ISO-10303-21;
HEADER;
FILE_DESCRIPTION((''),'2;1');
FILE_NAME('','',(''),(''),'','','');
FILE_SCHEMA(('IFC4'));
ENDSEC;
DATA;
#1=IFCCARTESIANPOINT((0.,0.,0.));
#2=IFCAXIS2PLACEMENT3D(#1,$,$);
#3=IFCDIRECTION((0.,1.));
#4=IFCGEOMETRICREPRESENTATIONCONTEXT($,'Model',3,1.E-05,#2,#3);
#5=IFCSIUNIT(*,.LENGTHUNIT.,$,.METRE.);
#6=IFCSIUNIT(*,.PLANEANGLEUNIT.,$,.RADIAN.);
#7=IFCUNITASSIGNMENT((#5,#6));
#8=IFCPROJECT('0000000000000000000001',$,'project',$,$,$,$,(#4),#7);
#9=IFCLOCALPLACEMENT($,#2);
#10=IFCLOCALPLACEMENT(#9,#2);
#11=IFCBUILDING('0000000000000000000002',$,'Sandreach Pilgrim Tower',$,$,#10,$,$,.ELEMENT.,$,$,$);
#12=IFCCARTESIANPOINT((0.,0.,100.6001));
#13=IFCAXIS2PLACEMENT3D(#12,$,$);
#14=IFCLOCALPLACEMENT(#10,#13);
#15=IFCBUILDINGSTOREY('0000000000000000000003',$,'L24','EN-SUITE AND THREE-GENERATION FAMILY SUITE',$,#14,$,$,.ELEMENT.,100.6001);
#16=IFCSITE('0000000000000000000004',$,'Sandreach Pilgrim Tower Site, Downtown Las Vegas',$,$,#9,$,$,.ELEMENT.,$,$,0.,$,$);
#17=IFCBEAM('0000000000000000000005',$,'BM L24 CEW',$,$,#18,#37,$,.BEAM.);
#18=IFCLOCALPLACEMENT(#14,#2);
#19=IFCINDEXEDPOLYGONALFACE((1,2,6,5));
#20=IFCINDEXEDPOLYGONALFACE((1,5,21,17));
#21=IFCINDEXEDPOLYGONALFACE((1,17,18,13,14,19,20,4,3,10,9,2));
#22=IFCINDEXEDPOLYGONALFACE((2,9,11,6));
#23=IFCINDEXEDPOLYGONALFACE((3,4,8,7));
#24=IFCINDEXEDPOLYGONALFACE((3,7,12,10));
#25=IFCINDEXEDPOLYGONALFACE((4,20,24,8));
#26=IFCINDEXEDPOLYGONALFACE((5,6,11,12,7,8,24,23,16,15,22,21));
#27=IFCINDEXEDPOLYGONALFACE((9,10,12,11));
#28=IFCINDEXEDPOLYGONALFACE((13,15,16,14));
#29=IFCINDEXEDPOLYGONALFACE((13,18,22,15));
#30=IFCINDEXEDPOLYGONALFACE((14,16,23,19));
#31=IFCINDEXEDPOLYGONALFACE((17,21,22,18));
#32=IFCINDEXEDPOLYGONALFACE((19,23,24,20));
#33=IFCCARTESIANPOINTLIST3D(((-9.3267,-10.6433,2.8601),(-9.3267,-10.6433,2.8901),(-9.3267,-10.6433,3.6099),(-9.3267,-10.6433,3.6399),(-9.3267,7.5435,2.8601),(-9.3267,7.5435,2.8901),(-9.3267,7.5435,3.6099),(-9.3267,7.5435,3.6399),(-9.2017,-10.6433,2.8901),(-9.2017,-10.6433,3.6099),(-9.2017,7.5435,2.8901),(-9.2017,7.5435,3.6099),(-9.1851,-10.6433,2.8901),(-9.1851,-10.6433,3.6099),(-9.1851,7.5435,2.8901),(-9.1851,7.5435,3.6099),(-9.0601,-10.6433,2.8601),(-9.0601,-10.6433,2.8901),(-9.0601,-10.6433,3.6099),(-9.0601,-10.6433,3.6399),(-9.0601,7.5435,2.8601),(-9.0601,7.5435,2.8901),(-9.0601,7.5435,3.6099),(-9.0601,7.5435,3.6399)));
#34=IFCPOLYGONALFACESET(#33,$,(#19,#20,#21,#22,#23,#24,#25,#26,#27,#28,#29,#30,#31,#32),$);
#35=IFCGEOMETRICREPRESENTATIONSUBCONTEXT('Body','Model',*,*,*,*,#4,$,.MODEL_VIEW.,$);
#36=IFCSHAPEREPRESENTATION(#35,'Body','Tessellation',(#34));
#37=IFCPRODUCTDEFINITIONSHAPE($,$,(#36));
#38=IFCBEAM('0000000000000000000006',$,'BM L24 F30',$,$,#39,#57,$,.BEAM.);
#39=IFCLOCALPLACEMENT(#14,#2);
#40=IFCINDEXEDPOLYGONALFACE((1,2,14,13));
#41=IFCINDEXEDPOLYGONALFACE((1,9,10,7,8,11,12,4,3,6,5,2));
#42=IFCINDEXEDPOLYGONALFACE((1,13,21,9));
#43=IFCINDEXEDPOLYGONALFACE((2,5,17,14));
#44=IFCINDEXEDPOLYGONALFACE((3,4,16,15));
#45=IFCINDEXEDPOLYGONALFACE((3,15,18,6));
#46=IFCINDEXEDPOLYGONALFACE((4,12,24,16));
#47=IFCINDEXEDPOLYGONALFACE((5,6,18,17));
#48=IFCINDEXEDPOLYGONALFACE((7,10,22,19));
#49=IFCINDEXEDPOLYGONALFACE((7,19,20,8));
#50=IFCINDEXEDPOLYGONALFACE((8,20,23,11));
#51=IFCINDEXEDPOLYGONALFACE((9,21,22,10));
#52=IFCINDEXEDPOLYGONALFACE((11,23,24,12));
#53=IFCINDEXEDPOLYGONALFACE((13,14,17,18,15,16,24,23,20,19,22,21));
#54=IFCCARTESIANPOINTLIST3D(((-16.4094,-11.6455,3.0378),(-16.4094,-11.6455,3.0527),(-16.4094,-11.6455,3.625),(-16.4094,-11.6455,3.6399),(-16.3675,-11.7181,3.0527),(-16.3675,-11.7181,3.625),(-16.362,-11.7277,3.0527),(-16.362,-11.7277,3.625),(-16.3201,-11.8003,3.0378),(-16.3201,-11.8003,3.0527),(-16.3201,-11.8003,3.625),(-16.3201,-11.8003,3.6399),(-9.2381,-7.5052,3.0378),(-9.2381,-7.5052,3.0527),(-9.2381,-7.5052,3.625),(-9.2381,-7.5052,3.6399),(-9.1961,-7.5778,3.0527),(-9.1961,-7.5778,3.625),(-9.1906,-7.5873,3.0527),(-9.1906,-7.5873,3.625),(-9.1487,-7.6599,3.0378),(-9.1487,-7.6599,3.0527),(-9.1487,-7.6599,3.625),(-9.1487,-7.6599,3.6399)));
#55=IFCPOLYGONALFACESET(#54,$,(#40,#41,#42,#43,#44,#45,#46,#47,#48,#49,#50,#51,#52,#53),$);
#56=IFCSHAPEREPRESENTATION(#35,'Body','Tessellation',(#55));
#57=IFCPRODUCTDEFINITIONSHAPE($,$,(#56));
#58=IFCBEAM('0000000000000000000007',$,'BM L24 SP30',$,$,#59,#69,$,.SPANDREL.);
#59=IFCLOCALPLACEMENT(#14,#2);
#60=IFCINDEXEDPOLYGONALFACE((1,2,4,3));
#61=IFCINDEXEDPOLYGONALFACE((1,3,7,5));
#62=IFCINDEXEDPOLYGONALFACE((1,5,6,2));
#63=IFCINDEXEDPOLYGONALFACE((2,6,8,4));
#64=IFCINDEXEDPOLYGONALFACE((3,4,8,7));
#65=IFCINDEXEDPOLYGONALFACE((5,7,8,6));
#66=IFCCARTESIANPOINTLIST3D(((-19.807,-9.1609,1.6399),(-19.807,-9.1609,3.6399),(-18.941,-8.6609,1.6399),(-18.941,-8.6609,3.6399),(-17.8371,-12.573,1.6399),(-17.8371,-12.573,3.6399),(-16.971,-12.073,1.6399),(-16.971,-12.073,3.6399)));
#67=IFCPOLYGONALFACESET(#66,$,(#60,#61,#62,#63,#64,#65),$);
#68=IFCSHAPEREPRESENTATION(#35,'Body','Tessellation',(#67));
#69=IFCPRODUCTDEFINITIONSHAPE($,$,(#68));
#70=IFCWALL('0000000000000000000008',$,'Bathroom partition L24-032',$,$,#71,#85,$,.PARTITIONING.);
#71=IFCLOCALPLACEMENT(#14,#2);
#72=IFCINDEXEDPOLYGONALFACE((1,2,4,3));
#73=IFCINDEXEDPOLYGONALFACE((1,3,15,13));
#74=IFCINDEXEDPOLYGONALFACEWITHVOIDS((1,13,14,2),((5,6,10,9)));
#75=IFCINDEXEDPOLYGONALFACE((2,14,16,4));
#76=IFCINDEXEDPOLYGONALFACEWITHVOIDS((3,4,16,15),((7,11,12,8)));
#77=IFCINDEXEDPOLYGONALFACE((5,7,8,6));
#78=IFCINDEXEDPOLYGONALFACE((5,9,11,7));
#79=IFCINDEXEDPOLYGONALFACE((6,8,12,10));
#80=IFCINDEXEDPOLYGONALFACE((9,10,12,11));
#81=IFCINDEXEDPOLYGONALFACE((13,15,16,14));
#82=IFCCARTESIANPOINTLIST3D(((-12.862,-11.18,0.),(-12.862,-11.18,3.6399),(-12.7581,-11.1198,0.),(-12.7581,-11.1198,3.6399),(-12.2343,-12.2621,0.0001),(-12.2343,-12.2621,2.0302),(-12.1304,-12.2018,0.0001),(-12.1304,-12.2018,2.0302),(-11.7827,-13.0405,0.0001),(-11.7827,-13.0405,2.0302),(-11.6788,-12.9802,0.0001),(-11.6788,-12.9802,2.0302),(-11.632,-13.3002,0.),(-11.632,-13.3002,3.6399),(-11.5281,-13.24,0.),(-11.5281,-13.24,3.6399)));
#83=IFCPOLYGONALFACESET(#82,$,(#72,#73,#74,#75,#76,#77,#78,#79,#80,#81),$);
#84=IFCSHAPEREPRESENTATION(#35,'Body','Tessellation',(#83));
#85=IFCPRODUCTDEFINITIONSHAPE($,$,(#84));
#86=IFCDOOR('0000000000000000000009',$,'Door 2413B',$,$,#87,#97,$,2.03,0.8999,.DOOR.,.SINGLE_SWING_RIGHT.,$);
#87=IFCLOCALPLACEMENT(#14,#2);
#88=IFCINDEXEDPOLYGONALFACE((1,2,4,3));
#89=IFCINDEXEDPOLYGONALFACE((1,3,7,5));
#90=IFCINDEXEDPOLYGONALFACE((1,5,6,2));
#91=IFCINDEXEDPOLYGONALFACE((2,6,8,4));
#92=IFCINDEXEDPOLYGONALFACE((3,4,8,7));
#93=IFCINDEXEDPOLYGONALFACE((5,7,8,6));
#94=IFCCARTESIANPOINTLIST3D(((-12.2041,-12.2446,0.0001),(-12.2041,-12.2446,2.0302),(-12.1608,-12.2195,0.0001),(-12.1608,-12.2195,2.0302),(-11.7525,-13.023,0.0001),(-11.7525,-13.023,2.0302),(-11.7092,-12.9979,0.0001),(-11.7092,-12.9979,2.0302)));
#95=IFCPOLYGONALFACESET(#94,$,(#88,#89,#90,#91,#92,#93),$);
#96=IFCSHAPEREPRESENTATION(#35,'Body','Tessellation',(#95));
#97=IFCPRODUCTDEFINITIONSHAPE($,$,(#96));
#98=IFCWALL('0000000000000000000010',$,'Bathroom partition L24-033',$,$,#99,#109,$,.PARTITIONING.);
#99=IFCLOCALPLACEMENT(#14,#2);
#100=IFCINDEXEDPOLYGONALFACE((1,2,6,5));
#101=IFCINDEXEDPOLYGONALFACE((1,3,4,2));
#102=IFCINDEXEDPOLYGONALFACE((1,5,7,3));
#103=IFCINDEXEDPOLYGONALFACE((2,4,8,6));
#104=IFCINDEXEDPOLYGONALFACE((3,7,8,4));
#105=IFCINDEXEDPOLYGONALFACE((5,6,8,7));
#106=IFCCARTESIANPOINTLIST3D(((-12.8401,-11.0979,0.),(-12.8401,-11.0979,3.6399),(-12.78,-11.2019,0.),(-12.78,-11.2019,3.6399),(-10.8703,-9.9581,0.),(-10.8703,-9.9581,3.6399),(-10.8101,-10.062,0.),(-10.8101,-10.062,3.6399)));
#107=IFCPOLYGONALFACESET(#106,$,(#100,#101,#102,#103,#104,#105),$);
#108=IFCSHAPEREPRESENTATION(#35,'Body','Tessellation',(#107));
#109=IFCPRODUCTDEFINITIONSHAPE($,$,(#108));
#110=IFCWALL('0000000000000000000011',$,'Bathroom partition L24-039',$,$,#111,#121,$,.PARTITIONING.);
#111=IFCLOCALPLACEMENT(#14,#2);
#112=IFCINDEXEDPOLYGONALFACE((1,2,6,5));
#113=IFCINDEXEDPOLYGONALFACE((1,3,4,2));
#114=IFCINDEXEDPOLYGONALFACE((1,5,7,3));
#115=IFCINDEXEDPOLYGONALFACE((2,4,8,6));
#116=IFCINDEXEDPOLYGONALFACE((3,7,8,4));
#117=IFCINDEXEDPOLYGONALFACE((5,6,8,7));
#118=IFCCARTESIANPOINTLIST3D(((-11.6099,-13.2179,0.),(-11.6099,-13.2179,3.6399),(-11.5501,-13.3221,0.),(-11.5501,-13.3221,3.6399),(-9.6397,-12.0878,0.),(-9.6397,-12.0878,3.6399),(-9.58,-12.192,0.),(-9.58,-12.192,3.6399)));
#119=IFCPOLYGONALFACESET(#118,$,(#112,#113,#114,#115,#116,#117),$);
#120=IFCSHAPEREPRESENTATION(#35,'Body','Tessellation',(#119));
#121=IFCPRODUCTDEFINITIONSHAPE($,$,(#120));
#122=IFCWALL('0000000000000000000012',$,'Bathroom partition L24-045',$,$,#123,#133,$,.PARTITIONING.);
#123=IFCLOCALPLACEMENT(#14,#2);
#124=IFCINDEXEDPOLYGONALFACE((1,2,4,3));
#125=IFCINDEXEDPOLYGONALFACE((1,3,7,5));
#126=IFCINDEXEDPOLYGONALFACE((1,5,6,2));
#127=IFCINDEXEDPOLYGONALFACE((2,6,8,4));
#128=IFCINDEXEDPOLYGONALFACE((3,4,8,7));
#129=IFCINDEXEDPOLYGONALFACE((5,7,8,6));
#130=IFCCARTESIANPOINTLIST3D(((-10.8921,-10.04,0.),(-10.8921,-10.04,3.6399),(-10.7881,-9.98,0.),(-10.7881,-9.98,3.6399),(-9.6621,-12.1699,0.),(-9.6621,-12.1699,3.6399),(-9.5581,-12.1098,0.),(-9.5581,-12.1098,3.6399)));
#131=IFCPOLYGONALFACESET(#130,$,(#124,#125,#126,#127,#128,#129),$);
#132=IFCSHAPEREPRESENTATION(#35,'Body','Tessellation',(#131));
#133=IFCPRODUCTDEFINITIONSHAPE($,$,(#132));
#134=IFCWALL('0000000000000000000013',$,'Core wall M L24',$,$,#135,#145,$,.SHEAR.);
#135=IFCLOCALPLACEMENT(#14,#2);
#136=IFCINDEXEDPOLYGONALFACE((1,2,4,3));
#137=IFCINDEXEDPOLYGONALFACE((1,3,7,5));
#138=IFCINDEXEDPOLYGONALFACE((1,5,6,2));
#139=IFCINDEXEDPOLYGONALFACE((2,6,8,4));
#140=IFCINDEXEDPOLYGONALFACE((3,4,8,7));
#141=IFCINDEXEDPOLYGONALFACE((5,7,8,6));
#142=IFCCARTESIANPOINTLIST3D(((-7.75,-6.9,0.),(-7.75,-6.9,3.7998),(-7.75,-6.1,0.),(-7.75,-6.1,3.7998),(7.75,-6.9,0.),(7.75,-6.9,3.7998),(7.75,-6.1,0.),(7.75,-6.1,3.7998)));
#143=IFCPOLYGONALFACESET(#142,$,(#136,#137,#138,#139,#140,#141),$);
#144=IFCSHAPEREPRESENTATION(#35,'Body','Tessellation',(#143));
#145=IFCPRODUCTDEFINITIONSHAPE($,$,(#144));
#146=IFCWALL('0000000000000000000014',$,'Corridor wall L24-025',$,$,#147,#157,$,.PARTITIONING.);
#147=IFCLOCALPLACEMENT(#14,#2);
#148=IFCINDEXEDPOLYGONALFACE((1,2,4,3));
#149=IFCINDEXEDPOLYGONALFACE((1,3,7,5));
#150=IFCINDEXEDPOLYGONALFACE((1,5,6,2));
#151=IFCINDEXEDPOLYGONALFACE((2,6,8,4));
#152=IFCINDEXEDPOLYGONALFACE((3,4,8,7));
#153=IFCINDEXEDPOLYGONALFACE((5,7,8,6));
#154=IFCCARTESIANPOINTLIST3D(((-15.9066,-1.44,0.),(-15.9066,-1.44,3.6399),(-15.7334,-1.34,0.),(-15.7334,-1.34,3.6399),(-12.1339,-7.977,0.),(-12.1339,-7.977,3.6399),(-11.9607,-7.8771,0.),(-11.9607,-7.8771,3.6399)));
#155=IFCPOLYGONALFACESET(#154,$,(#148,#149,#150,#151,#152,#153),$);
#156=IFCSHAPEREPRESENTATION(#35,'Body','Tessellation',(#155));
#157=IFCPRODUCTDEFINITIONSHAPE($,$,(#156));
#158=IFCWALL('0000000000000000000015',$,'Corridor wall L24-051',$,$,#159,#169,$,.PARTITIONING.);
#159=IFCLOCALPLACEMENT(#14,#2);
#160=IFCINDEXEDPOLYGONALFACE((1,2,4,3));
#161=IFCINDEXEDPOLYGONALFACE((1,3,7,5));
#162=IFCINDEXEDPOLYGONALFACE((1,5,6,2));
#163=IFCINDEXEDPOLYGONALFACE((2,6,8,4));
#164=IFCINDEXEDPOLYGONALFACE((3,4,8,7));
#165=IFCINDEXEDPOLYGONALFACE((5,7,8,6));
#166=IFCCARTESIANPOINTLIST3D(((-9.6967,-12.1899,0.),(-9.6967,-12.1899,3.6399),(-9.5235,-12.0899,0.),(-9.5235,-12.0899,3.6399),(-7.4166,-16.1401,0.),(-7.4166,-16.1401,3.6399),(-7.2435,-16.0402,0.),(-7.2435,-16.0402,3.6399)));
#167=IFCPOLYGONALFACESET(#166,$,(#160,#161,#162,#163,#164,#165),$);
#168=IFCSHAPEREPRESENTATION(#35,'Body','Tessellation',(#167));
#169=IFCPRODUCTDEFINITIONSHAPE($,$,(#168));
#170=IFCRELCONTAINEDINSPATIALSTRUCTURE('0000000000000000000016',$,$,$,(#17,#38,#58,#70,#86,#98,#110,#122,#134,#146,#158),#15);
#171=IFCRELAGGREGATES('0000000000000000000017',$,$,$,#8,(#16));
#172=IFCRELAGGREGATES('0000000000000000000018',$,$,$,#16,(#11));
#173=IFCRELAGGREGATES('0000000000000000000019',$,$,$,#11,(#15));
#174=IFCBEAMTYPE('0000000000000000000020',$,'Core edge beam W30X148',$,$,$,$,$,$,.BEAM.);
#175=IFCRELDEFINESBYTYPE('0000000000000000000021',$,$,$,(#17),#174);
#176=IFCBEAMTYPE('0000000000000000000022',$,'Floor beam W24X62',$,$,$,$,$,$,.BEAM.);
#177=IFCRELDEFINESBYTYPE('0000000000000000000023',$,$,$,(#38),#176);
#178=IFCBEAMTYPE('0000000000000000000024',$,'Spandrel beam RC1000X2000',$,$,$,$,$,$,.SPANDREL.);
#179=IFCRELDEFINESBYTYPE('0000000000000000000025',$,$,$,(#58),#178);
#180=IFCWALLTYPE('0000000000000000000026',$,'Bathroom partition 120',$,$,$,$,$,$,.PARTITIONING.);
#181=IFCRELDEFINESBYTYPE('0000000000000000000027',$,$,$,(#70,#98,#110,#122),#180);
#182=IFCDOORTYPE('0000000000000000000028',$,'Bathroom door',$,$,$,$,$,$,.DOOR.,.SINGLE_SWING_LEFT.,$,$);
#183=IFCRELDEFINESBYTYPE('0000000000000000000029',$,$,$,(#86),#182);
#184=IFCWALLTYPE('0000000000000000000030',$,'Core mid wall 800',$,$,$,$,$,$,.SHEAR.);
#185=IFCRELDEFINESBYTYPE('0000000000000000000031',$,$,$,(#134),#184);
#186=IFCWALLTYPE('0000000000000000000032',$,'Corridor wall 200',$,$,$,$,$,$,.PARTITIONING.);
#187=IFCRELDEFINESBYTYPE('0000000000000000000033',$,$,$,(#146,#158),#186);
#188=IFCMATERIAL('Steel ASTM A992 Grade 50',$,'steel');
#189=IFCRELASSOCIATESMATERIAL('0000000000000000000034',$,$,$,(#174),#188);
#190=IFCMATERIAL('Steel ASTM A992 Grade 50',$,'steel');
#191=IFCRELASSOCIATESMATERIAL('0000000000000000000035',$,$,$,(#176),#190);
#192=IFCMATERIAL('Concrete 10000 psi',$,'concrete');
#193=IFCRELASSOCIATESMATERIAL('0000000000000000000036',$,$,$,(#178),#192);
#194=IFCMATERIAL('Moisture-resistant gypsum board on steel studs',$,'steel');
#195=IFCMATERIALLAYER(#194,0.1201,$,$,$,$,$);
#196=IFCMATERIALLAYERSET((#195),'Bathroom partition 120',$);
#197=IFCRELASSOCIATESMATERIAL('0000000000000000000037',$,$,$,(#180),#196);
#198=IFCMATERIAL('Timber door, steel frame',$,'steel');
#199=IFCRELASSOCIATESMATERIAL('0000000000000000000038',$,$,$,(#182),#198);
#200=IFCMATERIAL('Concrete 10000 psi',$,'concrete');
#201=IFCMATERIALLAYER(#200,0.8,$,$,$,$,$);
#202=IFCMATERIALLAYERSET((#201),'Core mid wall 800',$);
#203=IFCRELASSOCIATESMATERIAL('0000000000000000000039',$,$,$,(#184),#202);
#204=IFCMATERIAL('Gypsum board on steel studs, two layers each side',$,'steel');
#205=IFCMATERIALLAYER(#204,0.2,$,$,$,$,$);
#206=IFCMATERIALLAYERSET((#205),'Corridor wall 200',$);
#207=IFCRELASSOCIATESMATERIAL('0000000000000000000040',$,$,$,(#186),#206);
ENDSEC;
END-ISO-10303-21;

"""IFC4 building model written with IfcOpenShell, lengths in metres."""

from ifc_helpers import new_model, si_unit, direction, frame, frame_2d, origin, origin_2d, place, context, subcontext, project, spatial, rectangle, i_section, extrude, material, layer, layer_set, material_profile, profile_set, type_object, element, fill, save


model = new_model("IFC4")

# Units and contexts
model_context = context("Model", 3, precision=1e-05, world=origin(), true_north=direction((0.0, 1.0)))
body_context = subcontext(model_context, "Body", "Model", "MODEL_VIEW")
ifc_project = project(units=[si_unit("LENGTHUNIT", "METRE"), si_unit("PLANEANGLEUNIT", "RADIAN")], contexts=[model_context])

# Site, building, storey
site_placement = place(None, origin())
site = spatial("IfcSite", under=ifc_project, at=site_placement, Name="Sandreach Pilgrim Tower Site, Downtown Las Vegas", CompositionType="ELEMENT", RefElevation=0.0)
building_placement = place(site_placement, origin())
building = spatial("IfcBuilding", under=site, at=building_placement, Name="Sandreach Pilgrim Tower", CompositionType="ELEMENT")
storey_placement = place(building_placement, frame((0.0, 0.0, 100.6001)))
storey = spatial("IfcBuildingStorey", under=building, at=storey_placement, Name="L24", Description="EN-SUITE AND THREE-GENERATION FAMILY SUITE", CompositionType="ELEMENT", Elevation=100.6001)

# Beams
ifc_material_1 = material(Name="Steel ASTM A992 Grade 50", Category="steel")
ifc_material_profile_1 = material_profile(ifc_material_1, i_section(OverallWidth=0.2666, OverallDepth=0.7798, WebThickness=0.0166, FlangeThickness=0.03, at=origin_2d()), Name="W30X148")
ifc_profile_set_1 = profile_set([ifc_material_profile_1], Name="Steel ASTM A992 Grade 50")
beam_type_1 = type_object("IfcBeamType", Name="Core edge beam W30X148", PredefinedType="BEAM", material=ifc_profile_set_1)
beam_1_placement = place(storey_placement, frame((-9.1934, -10.6433, 3.25), z_axis=(0.0, 1.0, 0.0), x_axis=(-1.0, 0.0, 0.0)))
element("IfcBeam", 1, at=beam_1_placement, inside=storey, type_object=beam_type_1, Name="BM L24 CEW", PredefinedType="BEAM", context=body_context, shape_type="SweptSolid", body=[
    extrude(i_section(OverallWidth=0.2666, OverallDepth=0.7798, WebThickness=0.0166, FlangeThickness=0.03, at=origin_2d()), origin(), (0.0, 0.0, 1.0), 18.1868),
])
ifc_material_2 = material(Name="Steel ASTM A992 Grade 50", Category="steel")
ifc_material_profile_2 = material_profile(ifc_material_2, i_section(OverallWidth=0.1787, OverallDepth=0.6021, WebThickness=0.011, FlangeThickness=0.0149, at=origin_2d()), Name="W24X62")
ifc_profile_set_2 = profile_set([ifc_material_profile_2], Name="Steel ASTM A992 Grade 50")
beam_type_2 = type_object("IfcBeamType", Name="Floor beam W24X62", PredefinedType="BEAM", material=ifc_profile_set_2)
beam_2_placement = place(storey_placement, frame((-16.3647, -11.7229, 3.3389), z_axis=(0.866027, 0.499998, 0.0), x_axis=(-0.499998, 0.866027, 0.0)))
element("IfcBeam", 2, at=beam_2_placement, inside=storey, type_object=beam_type_2, Name="BM L24 F30", PredefinedType="BEAM", context=body_context, shape_type="SweptSolid", body=[
    extrude(i_section(OverallWidth=0.1787, OverallDepth=0.6021, WebThickness=0.011, FlangeThickness=0.0149, at=origin_2d()), origin(), (0.0, 0.0, 1.0), 8.2808),
])
ifc_material_3 = material(Name="Concrete 10000 psi", Category="concrete")
ifc_material_profile_3 = material_profile(ifc_material_3, rectangle(XDim=1.0, YDim=2.0, at=origin_2d()), Name="RC1000X2000")
ifc_profile_set_3 = profile_set([ifc_material_profile_3], Name="Concrete 10000 psi")
beam_type_3 = type_object("IfcBeamType", Name="Spandrel beam RC1000X2000", PredefinedType="SPANDREL", material=ifc_profile_set_3)
beam_3_placement = place(storey_placement, frame((-17.4041, -12.323, 2.6399), z_axis=(-0.499998, 0.866027, 0.0), x_axis=(-0.866027, -0.499998, 0.0)))
element("IfcBeam", 3, at=beam_3_placement, inside=storey, type_object=beam_type_3, Name="BM L24 SP30", PredefinedType="SPANDREL", context=body_context, shape_type="SweptSolid", body=[
    extrude(rectangle(XDim=1.0, YDim=2.0, at=origin_2d()), origin(), (0.0, 0.0, 1.0), 3.9399),
])

# Wall, opening, door
ifc_material_4 = material(Name="Moisture-resistant gypsum board on steel studs", Category="steel")
ifc_layer_1 = layer(ifc_material_4, 0.1201)
ifc_layer_set_1 = layer_set([ifc_layer_1], Name="Bathroom partition 120")
wall_type_1 = type_object("IfcWallType", Name="Bathroom partition 120", PredefinedType="PARTITIONING", material=ifc_layer_set_1)
wall_1_placement = place(storey_placement, frame((-12.8101, -11.1499, 0.0), z_axis=(0.0, 0.0, 1.0), x_axis=(0.501813, -0.864976, 0.0)))
wall_1 = element("IfcWall", 4, at=wall_1_placement, inside=storey, type_object=wall_type_1, Name="Bathroom partition L24-032", PredefinedType="PARTITIONING", context=body_context, shape_type="SweptSolid", body=[
    extrude(rectangle(XDim=2.4512, YDim=0.1201, at=frame_2d((1.2256, 0.0))), origin(), (0.0, 0.0, 1.0), 3.6399),
])
opening_1_placement = place(wall_1_placement, frame((1.251, 0.0, 0.0)))
opening_1 = element("IfcOpeningElement", 5, at=opening_1_placement, cuts=wall_1, PredefinedType="OPENING", context=body_context, shape_type="SweptSolid", body=[
    extrude(rectangle(XDim=0.8999, YDim=2.03, at=frame_2d((0.45, 1.0151))), frame((0.0, 0.0601, 0.0), z_axis=(0.0, -1.0, 0.0), x_axis=(1.0, 0.0, 0.0)), (0.0, 0.0, 1.0), 0.1201),
])
ifc_material_5 = material(Name="Timber door, steel frame", Category="steel")
door_type_1 = type_object("IfcDoorType", Name="Bathroom door", OperationType="SINGLE_SWING_LEFT", PredefinedType="DOOR", material=ifc_material_5)
door_1_placement = place(opening_1_placement, origin())
door_1 = element("IfcDoor", 6, at=door_1_placement, inside=storey, type_object=door_type_1, Name="Door 2413B", OperationType="SINGLE_SWING_RIGHT", OverallHeight=2.03, OverallWidth=0.8999, PredefinedType="DOOR", context=body_context, shape_type="SweptSolid", body=[
    extrude(rectangle(XDim=0.8999, YDim=2.03, at=frame_2d((0.45, 1.0151))), frame((0.0, 0.0249, 0.0), z_axis=(0.0, -1.0, 0.0), x_axis=(1.0, 0.0, 0.0)), (0.0, 0.0, 1.0), 0.05),
])
fill(opening_1, door_1)

# Walls
wall_2_placement = place(storey_placement, frame((-12.8101, -11.1499, 0.0), z_axis=(0.0, 0.0, 1.0), x_axis=(0.865544, 0.500833, 0.0)))
element("IfcWall", 7, at=wall_2_placement, inside=storey, type_object=wall_type_1, Name="Bathroom partition L24-033", PredefinedType="PARTITIONING", context=body_context, shape_type="SweptSolid", body=[
    extrude(rectangle(XDim=2.2759, YDim=0.1201, at=frame_2d((1.1379, 0.0))), origin(), (0.0, 0.0, 1.0), 3.6399),
])
wall_3_placement = place(storey_placement, frame((-11.5801, -13.27, 0.0), z_axis=(0.0, 0.0, 1.0), x_axis=(0.867428, 0.497562, 0.0)))
element("IfcWall", 8, at=wall_3_placement, inside=storey, type_object=wall_type_1, Name="Bathroom partition L24-039", PredefinedType="PARTITIONING", context=body_context, shape_type="SweptSolid", body=[
    extrude(rectangle(XDim=2.2712, YDim=0.1201, at=frame_2d((1.1357, 0.0))), origin(), (0.0, 0.0, 1.0), 3.6399),
])
wall_4_placement = place(storey_placement, frame((-10.8401, -10.01, 0.0), z_axis=(0.0, 0.0, 1.0), x_axis=(0.500089, -0.865974, 0.0)))
element("IfcWall", 9, at=wall_4_placement, inside=storey, type_object=wall_type_1, Name="Bathroom partition L24-045", PredefinedType="PARTITIONING", context=body_context, shape_type="SweptSolid", body=[
    extrude(rectangle(XDim=2.4595, YDim=0.1201, at=frame_2d((1.2297, 0.0))), origin(), (0.0, 0.0, 1.0), 3.6399),
])
ifc_material_6 = material(Name="Concrete 10000 psi", Category="concrete")
ifc_layer_2 = layer(ifc_material_6, 0.8)
ifc_layer_set_2 = layer_set([ifc_layer_2], Name="Core mid wall 800")
wall_type_2 = type_object("IfcWallType", Name="Core mid wall 800", PredefinedType="SHEAR", material=ifc_layer_set_2)
wall_5_placement = place(storey_placement, frame((-7.75, -6.5, 0.0), z_axis=(0.0, 0.0, 1.0), x_axis=(1.0, 0.0, 0.0)))
element("IfcWall", 10, at=wall_5_placement, inside=storey, type_object=wall_type_2, Name="Core wall M L24", PredefinedType="SHEAR", context=body_context, shape_type="SweptSolid", body=[
    extrude(rectangle(XDim=15.5, YDim=0.8, at=frame_2d((7.75, 0.0))), origin(), (0.0, 0.0, 1.0), 3.7998),
])

# Wall
ifc_material_7 = material(Name="Gypsum board on steel studs, two layers each side", Category="steel")
ifc_layer_3 = layer(ifc_material_7, 0.2)
ifc_layer_set_3 = layer_set([ifc_layer_3], Name="Corridor wall 200")
wall_type_3 = type_object("IfcWallType", Name="Corridor wall 200", PredefinedType="PARTITIONING", material=ifc_layer_set_3)
wall_6_placement = place(storey_placement, frame((-15.8201, -1.3899, 0.0), z_axis=(0.0, 0.0, 1.0), x_axis=(0.499851, -0.866111, 0.0)))
element("IfcWall", 11, at=wall_6_placement, inside=storey, type_object=wall_type_3, Name="Corridor wall L24-025", PredefinedType="PARTITIONING", context=body_context, shape_type="SweptSolid", body=[
    extrude(rectangle(XDim=7.5476, YDim=0.2, at=frame_2d((3.7739, 0.0))), origin(), (0.0, 0.0, 1.0), 3.6399),
])

# Wall
wall_7_placement = place(storey_placement, frame((-9.6101, -12.1399, 0.0), z_axis=(0.0, 0.0, 1.0), x_axis=(0.499899, -0.866084, 0.0)))
element("IfcWall", 12, at=wall_7_placement, inside=storey, type_object=wall_type_3, Name="Corridor wall L24-051", PredefinedType="PARTITIONING", context=body_context, shape_type="SweptSolid", body=[
    extrude(rectangle(XDim=4.561, YDim=0.2, at=frame_2d((2.2805, 0.0))), origin(), (0.0, 0.0, 1.0), 3.6399),
])

save(model, "model.ifc")
